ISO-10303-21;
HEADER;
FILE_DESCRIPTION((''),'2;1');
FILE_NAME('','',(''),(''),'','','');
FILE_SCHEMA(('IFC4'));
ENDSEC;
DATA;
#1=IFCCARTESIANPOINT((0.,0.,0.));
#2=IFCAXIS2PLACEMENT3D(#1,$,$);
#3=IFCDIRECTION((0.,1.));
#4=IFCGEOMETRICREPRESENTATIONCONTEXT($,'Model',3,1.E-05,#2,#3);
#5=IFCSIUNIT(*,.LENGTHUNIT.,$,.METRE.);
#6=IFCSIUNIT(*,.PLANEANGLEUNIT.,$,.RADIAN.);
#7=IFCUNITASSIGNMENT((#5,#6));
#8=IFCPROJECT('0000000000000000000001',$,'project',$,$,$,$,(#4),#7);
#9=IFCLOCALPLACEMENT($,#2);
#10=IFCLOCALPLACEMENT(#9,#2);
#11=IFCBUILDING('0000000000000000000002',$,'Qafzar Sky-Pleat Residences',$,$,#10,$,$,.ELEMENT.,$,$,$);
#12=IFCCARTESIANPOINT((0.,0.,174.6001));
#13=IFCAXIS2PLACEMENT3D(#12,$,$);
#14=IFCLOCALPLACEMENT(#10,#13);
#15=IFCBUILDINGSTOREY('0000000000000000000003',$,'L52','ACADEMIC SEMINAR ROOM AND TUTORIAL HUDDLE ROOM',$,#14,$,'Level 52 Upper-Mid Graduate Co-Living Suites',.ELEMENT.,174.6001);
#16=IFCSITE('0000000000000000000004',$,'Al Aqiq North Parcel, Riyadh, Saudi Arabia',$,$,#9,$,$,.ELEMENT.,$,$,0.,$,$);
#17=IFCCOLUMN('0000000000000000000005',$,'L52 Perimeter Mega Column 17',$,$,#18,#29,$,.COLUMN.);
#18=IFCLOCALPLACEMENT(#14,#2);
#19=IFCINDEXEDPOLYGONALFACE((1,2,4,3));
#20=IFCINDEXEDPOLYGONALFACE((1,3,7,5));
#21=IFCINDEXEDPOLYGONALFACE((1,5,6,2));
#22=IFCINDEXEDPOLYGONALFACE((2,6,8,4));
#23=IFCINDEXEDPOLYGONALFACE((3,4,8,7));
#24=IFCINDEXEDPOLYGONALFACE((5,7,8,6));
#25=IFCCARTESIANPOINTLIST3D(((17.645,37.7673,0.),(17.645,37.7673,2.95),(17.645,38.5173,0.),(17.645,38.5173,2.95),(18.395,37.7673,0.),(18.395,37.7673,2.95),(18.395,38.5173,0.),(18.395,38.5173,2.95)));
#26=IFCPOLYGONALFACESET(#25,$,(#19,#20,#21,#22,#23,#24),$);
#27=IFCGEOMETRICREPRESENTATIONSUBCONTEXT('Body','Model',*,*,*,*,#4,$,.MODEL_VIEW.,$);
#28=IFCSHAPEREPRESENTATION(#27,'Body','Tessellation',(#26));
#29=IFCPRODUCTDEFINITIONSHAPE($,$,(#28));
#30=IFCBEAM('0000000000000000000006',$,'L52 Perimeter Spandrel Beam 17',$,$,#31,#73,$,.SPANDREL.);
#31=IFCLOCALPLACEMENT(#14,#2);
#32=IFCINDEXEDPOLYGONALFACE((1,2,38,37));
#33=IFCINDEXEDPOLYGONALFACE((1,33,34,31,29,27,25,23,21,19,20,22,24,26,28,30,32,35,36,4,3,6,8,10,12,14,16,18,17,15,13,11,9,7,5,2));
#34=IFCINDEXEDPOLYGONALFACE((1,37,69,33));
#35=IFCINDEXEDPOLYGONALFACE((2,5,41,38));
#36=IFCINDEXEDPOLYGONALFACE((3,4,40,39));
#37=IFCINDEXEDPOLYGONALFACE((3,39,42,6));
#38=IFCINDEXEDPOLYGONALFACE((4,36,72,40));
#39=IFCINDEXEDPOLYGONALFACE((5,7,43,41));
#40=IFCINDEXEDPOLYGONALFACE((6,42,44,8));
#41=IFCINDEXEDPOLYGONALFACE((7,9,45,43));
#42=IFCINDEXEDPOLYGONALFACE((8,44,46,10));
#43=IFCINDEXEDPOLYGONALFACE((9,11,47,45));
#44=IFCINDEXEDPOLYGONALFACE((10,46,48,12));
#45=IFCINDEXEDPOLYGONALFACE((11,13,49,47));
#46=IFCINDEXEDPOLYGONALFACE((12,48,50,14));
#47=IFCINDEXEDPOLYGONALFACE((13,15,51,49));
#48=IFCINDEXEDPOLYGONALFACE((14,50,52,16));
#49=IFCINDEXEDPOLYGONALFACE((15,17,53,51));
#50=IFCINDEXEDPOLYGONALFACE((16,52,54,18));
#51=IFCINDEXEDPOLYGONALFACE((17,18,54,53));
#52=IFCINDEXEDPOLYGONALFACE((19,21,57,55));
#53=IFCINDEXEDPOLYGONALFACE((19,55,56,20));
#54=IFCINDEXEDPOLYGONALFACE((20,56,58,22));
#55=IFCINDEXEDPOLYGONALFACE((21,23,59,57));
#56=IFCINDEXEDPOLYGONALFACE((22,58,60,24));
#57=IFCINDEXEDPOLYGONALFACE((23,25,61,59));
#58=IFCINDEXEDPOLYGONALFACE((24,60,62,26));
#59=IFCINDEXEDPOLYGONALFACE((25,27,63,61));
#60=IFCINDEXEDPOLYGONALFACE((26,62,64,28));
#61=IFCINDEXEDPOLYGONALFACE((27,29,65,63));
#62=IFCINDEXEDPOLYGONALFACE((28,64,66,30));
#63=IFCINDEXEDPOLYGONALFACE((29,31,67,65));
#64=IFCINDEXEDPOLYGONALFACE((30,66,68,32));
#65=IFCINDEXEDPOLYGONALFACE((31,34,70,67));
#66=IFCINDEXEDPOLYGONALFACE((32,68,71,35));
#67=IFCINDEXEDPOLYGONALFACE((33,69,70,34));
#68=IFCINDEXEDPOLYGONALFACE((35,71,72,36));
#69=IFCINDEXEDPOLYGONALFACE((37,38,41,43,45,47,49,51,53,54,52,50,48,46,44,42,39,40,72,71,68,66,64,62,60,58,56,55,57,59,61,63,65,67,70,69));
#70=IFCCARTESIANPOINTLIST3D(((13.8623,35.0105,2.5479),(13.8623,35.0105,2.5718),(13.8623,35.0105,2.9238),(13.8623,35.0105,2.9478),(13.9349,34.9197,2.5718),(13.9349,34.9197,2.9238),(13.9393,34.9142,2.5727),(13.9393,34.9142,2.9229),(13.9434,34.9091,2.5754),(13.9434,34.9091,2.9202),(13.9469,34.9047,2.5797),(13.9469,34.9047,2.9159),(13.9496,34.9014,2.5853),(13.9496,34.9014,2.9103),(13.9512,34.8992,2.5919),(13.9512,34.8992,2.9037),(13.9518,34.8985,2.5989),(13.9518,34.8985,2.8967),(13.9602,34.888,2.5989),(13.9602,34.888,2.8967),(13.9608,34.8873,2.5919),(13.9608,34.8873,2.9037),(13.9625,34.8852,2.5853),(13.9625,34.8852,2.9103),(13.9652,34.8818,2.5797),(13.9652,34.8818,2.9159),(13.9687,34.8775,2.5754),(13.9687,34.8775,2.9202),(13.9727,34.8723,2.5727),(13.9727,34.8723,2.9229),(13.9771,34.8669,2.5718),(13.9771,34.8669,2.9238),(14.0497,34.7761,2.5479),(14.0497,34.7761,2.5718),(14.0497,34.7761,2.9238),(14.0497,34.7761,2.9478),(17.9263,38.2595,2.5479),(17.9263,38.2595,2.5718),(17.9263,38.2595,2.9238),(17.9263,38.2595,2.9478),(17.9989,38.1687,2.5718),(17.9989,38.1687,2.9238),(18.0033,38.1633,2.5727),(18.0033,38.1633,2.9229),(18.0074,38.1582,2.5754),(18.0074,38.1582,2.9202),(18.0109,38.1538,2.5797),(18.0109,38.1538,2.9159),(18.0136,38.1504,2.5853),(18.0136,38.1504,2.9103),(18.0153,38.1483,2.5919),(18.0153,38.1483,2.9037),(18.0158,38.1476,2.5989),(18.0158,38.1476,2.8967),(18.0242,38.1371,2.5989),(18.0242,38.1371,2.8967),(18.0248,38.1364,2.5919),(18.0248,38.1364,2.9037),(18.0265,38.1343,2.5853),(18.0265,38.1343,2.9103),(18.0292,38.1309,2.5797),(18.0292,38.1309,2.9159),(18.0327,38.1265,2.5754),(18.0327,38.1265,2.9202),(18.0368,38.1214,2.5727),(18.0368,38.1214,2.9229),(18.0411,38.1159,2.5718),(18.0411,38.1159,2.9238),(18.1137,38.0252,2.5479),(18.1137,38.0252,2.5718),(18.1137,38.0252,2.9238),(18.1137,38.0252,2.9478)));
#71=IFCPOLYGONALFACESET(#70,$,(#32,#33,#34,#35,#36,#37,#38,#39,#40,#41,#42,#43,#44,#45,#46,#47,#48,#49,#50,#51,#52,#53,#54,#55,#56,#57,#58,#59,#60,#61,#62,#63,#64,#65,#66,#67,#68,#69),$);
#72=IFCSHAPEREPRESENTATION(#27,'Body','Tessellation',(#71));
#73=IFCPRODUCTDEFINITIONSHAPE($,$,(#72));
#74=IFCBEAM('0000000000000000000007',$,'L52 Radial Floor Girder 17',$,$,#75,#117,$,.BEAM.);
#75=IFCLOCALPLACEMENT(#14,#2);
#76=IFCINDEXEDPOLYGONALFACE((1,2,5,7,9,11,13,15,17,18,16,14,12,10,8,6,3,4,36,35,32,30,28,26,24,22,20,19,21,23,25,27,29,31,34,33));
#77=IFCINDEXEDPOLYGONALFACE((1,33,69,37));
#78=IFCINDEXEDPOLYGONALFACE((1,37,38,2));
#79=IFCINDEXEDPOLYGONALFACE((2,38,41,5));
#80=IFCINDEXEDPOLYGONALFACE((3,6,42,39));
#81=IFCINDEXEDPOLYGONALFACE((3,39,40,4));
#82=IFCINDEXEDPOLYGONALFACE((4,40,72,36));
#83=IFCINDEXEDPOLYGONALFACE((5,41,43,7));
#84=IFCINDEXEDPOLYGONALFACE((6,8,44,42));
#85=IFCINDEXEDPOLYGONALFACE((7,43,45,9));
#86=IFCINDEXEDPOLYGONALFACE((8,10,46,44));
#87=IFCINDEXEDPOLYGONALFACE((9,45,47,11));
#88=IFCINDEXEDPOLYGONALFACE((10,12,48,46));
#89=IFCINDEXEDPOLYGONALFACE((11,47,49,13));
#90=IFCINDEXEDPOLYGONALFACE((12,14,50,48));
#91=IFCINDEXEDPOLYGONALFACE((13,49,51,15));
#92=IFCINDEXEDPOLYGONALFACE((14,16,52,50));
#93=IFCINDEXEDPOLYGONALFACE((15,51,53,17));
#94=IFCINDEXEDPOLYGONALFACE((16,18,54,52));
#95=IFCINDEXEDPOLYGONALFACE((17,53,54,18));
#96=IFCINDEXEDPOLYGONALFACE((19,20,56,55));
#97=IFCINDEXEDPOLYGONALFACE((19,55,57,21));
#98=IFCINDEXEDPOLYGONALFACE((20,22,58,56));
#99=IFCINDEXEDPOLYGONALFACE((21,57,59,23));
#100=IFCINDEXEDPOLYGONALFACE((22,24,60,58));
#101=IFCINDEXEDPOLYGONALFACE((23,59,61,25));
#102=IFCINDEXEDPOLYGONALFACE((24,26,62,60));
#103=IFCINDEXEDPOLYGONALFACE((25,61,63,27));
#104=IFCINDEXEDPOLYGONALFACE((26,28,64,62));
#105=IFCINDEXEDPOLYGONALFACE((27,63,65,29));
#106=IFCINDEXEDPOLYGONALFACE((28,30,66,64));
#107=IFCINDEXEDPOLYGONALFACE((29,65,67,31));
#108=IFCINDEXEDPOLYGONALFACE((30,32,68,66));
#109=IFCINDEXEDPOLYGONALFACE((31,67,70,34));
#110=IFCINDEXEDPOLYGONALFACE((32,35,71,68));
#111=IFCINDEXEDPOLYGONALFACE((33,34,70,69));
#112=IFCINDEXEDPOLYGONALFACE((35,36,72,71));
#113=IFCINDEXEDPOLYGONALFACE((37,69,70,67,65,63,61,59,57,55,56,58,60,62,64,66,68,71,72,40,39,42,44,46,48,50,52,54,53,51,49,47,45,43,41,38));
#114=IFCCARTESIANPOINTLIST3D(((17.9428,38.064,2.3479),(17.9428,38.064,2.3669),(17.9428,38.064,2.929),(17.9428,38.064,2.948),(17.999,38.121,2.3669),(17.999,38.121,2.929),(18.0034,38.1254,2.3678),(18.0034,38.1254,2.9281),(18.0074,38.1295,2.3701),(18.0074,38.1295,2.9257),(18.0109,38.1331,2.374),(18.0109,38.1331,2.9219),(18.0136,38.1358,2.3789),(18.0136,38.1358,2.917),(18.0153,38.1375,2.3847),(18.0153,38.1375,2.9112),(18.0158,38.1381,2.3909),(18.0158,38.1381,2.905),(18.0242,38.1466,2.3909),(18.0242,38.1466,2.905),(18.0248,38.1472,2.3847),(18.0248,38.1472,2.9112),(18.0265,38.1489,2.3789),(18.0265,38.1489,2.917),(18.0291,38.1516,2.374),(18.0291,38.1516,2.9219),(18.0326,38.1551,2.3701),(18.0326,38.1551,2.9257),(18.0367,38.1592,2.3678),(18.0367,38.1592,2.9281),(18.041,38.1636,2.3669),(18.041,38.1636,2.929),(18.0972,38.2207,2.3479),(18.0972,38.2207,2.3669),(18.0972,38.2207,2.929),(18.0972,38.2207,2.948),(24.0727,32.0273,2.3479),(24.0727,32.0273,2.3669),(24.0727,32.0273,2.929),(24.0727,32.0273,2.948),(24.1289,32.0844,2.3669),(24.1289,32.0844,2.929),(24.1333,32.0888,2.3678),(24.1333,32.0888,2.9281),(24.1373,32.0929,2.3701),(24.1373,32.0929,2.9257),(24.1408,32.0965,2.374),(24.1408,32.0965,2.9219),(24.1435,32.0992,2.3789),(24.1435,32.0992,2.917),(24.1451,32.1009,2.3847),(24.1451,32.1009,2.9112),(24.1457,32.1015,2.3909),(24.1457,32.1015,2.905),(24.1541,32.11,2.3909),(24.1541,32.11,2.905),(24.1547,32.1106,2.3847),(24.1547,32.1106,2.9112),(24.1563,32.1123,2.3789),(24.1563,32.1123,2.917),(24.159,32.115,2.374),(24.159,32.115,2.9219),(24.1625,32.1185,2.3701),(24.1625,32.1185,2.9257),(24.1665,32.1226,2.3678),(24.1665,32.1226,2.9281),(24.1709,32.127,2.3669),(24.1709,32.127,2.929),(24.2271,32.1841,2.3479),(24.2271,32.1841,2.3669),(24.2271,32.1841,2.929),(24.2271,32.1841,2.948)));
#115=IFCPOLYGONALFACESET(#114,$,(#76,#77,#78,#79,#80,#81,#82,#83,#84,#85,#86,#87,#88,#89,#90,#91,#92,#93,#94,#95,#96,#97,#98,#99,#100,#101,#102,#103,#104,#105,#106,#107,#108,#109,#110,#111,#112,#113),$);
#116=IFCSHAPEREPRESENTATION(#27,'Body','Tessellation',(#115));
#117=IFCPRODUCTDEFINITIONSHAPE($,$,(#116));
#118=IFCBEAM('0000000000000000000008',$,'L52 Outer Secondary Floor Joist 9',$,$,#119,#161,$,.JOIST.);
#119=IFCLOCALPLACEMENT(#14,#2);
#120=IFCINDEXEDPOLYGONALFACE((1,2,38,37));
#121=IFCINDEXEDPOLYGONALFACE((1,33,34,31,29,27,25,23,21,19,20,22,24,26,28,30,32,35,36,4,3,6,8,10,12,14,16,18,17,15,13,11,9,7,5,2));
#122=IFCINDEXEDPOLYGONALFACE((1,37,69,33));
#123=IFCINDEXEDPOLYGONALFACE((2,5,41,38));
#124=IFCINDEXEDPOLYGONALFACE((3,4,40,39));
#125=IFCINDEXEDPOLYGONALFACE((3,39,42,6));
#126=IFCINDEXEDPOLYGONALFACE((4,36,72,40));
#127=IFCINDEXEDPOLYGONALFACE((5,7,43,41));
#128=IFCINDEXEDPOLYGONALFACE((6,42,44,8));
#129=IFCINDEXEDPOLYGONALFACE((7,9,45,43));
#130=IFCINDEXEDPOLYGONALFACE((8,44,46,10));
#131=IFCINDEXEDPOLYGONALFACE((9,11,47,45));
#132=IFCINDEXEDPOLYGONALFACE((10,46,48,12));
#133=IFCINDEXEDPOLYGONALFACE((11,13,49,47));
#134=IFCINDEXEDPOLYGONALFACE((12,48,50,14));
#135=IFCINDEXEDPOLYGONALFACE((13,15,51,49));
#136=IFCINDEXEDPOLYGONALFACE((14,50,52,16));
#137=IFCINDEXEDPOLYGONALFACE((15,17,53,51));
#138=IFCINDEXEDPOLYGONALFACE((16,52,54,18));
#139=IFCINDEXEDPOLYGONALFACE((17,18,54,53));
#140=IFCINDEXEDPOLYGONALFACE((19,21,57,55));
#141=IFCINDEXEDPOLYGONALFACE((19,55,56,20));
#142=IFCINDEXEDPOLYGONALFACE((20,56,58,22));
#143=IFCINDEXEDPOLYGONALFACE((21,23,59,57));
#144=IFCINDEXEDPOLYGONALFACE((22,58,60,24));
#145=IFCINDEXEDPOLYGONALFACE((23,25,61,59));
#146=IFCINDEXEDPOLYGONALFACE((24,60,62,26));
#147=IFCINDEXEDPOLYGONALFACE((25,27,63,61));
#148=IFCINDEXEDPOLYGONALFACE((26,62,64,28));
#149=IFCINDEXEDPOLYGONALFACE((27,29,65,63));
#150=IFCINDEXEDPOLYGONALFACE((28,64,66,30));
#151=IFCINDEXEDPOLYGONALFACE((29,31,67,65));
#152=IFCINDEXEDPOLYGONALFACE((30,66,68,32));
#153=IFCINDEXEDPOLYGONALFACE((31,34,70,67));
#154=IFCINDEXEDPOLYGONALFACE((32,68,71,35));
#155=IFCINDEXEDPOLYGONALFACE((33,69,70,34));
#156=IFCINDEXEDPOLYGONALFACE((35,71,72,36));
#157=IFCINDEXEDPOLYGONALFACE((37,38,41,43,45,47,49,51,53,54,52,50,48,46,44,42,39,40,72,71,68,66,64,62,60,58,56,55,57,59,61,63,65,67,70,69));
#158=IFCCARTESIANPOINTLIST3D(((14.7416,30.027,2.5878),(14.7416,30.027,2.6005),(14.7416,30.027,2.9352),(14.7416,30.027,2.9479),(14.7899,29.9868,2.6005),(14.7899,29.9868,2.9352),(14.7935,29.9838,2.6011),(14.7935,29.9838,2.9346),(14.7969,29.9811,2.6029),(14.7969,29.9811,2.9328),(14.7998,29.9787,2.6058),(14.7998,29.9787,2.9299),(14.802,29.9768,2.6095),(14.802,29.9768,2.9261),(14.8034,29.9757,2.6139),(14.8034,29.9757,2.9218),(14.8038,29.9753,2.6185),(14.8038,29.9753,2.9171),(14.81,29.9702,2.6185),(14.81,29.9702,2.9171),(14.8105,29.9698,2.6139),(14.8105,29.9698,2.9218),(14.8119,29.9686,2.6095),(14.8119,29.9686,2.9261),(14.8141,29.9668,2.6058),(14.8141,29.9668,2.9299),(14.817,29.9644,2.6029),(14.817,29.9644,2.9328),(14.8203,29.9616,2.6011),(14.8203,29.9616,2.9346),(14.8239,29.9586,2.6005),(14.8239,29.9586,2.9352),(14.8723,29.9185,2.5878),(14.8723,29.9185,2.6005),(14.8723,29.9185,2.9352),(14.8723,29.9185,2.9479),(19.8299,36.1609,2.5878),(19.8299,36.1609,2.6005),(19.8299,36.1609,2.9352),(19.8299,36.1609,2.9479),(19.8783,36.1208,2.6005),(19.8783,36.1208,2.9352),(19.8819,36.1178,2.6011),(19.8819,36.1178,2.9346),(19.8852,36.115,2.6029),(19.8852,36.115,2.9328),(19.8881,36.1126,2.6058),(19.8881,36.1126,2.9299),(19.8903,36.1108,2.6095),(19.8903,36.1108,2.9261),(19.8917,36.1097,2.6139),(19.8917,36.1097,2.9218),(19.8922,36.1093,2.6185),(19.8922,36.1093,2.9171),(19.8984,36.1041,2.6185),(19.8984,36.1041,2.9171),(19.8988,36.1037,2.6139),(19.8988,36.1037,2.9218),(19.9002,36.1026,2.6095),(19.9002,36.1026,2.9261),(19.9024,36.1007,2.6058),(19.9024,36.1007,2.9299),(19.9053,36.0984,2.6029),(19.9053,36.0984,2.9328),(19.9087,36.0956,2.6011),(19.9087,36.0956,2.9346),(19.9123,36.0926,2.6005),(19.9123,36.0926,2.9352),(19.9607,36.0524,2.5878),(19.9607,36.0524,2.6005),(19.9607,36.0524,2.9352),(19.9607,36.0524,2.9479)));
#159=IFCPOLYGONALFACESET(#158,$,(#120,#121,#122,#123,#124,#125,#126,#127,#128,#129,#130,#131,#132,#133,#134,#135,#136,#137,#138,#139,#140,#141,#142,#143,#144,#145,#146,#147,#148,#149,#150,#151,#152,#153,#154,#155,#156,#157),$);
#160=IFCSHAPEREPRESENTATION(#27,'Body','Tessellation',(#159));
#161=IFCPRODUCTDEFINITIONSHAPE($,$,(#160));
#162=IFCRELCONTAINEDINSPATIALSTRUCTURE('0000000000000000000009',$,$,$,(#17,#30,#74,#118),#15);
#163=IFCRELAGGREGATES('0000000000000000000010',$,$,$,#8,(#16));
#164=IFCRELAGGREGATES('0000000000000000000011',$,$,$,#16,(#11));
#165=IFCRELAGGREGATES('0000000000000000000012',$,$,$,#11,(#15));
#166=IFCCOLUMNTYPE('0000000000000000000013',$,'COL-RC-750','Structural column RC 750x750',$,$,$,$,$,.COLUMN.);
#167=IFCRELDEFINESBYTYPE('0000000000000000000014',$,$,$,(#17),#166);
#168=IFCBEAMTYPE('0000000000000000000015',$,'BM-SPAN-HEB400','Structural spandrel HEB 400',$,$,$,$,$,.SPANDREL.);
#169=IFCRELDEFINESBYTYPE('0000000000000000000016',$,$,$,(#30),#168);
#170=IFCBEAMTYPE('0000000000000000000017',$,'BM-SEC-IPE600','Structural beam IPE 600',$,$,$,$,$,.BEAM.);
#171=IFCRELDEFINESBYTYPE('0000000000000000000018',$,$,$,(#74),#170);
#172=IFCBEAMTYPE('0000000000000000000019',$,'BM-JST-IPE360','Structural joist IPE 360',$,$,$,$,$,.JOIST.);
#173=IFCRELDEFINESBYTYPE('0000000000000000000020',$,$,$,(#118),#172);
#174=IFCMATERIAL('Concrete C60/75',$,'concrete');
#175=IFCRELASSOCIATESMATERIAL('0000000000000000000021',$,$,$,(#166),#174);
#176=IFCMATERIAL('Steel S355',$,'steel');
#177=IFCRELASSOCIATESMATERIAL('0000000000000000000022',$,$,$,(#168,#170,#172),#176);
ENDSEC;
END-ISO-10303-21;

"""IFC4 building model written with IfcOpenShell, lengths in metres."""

from ifc_helpers import new_model, si_unit, direction, frame, origin, origin_2d, place, context, subcontext, project, spatial, rectangle, i_section, extrude, source, transform, mapped, material, material_profile, profile_set, type_object, element, save


model = new_model("IFC4")

# Units and contexts
model_context = context("Model", 3, precision=1e-05, world=origin(), true_north=direction((0.0, 1.0)))
body_context = subcontext(model_context, "Body", "Model", "MODEL_VIEW")
ifc_project = project(units=[si_unit("LENGTHUNIT", "METRE"), si_unit("PLANEANGLEUNIT", "RADIAN")], contexts=[model_context])

# Site, building, storey
site_placement = place(None, origin())
site = spatial("IfcSite", under=ifc_project, at=site_placement, Name="Al Aqiq North Parcel, Riyadh, Saudi Arabia", CompositionType="ELEMENT", RefElevation=0.0)
building_placement = place(site_placement, origin())
building = spatial("IfcBuilding", under=site, at=building_placement, Name="Qafzar Sky-Pleat Residences", CompositionType="ELEMENT")
storey_placement = place(building_placement, frame((0.0, 0.0, 174.6001)))
storey = spatial("IfcBuildingStorey", under=building, at=storey_placement, Name="L52", Description="ACADEMIC SEMINAR ROOM AND TUTORIAL HUDDLE ROOM", LongName="Level 52 Upper-Mid Graduate Co-Living Suites", CompositionType="ELEMENT", Elevation=174.6001)

# Column
ifc_material_1 = material(Name="Concrete C60/75", Category="concrete")
ifc_material_profile_1 = material_profile(ifc_material_1, rectangle(XDim=0.75, YDim=0.75, at=origin_2d()), Name="RC 750x750")
ifc_profile_set_1 = profile_set([ifc_material_profile_1], Name="Concrete C60/75")
column_type = type_object("IfcColumnType", Name="COL-RC-750", Description="Structural column RC 750x750", PredefinedType="COLUMN", material=ifc_profile_set_1)
shared_shape_1 = source(origin(), body_context, "Body", "SweptSolid", [
    extrude(rectangle(XDim=0.75, YDim=0.75, at=origin_2d()), origin(), (0.0, 0.0, 1.0), 2.95),
])
column_placement = place(storey_placement, frame((18.02, 38.1423, 0.0), z_axis=(0.0, 0.0, 1.0), x_axis=(1.0, 0.0, 0.0)))
element("IfcColumn", 1, at=column_placement, inside=storey, type_object=column_type, Name="L52 Perimeter Mega Column 17", PredefinedType="COLUMN", context=body_context, shape_type="MappedRepresentation", body=[
    mapped(shared_shape_1, transform((0.0, 0.0, 0.0), x_axis=(1.0, 0.0, 0.0), y_axis=(0.0, 1.0, 0.0), z_axis=(0.0, 0.0, 1.0), scale=1.0)),
])

# Beams
ifc_material_2 = material(Name="Steel S355", Category="steel")
ifc_material_profile_2 = material_profile(ifc_material_2, i_section(OverallWidth=0.3, OverallDepth=0.3999, WebThickness=0.0134, FlangeThickness=0.0239, FilletRadius=0.0271, at=origin_2d()), Name="HEB 400")
ifc_profile_set_2 = profile_set([ifc_material_profile_2], Name="Steel S355")
beam_type_1 = type_object("IfcBeamType", Name="BM-SPAN-HEB400", Description="Structural spandrel HEB 400", PredefinedType="SPANDREL", material=ifc_profile_set_2)
shared_shape_2 = source(origin(), body_context, "Body", "SweptSolid", [
    extrude(i_section(OverallWidth=0.3, OverallDepth=0.3999, WebThickness=0.0134, FlangeThickness=0.0239, FilletRadius=0.0271, at=origin_2d()), origin(), (0.0, 0.0, 1.0), 5.2031),
])
beam_1_placement = place(storey_placement, frame((18.02, 38.1423, 2.7478), z_axis=(-0.78107, -0.624443, 0.0), x_axis=(0.624443, -0.78107, 0.0)))
element("IfcBeam", 2, at=beam_1_placement, inside=storey, type_object=beam_type_1, Name="L52 Perimeter Spandrel Beam 17", PredefinedType="SPANDREL", context=body_context, shape_type="MappedRepresentation", body=[
    mapped(shared_shape_2, transform((0.0, 0.0, 0.0), x_axis=(1.0, 0.0, 0.0), y_axis=(0.0, 1.0, 0.0), z_axis=(0.0, 0.0, 1.0), scale=1.0)),
])
ifc_material_profile_3 = material_profile(ifc_material_2, i_section(OverallWidth=0.22, OverallDepth=0.6001, WebThickness=0.012, FlangeThickness=0.019, FilletRadius=0.0239, at=origin_2d()), Name="IPE 600")
ifc_profile_set_3 = profile_set([ifc_material_profile_3], Name="Steel S355")
beam_type_2 = type_object("IfcBeamType", Name="BM-SEC-IPE600", Description="Structural beam IPE 600", PredefinedType="BEAM", material=ifc_profile_set_3)
shared_shape_3 = source(origin(), body_context, "Body", "SweptSolid", [
    extrude(i_section(OverallWidth=0.22, OverallDepth=0.6001, WebThickness=0.012, FlangeThickness=0.019, FilletRadius=0.0239, at=origin_2d()), origin(), (0.0, 0.0, 1.0), 8.6033),
])
beam_2_placement = place(storey_placement, frame((18.02, 38.1423, 2.6479), z_axis=(0.712506, -0.701666, 0.0), x_axis=(0.701666, 0.712506, 0.0)))
element("IfcBeam", 3, at=beam_2_placement, inside=storey, type_object=beam_type_2, Name="L52 Radial Floor Girder 17", PredefinedType="BEAM", context=body_context, shape_type="MappedRepresentation", body=[
    mapped(shared_shape_3, transform((0.0, 0.0, 0.0), x_axis=(1.0, 0.0, 0.0), y_axis=(0.0, 1.0, 0.0), z_axis=(0.0, 0.0, 1.0), scale=1.0)),
])
ifc_material_profile_4 = material_profile(ifc_material_2, i_section(OverallWidth=0.1699, OverallDepth=0.3601, WebThickness=0.0081, FlangeThickness=0.0127, FilletRadius=0.0181, at=origin_2d()), Name="IPE 360")
ifc_profile_set_4 = profile_set([ifc_material_profile_4], Name="Steel S355")
beam_type_3 = type_object("IfcBeamType", Name="BM-JST-IPE360", Description="Structural joist IPE 360", PredefinedType="JOIST", material=ifc_profile_set_4)
shared_shape_4 = source(origin(), body_context, "Body", "SweptSolid", [
    extrude(i_section(OverallWidth=0.1699, OverallDepth=0.3601, WebThickness=0.0081, FlangeThickness=0.0127, FilletRadius=0.0181, at=origin_2d()), origin(), (0.0, 0.0, 1.0), 7.9697),
])
beam_3_placement = place(storey_placement, frame((19.8953, 36.1067, 2.7678), z_axis=(-0.638456, -0.769658, 0.0), x_axis=(0.769658, -0.638456, 0.0)))
element("IfcBeam", 4, at=beam_3_placement, inside=storey, type_object=beam_type_3, Name="L52 Outer Secondary Floor Joist 9", PredefinedType="JOIST", context=body_context, shape_type="MappedRepresentation", body=[
    mapped(shared_shape_4, transform((0.0, 0.0, 0.0), x_axis=(1.0, 0.0, 0.0), y_axis=(0.0, 1.0, 0.0), z_axis=(0.0, 0.0, 1.0), scale=1.0)),
])

save(model, "model.ifc")
